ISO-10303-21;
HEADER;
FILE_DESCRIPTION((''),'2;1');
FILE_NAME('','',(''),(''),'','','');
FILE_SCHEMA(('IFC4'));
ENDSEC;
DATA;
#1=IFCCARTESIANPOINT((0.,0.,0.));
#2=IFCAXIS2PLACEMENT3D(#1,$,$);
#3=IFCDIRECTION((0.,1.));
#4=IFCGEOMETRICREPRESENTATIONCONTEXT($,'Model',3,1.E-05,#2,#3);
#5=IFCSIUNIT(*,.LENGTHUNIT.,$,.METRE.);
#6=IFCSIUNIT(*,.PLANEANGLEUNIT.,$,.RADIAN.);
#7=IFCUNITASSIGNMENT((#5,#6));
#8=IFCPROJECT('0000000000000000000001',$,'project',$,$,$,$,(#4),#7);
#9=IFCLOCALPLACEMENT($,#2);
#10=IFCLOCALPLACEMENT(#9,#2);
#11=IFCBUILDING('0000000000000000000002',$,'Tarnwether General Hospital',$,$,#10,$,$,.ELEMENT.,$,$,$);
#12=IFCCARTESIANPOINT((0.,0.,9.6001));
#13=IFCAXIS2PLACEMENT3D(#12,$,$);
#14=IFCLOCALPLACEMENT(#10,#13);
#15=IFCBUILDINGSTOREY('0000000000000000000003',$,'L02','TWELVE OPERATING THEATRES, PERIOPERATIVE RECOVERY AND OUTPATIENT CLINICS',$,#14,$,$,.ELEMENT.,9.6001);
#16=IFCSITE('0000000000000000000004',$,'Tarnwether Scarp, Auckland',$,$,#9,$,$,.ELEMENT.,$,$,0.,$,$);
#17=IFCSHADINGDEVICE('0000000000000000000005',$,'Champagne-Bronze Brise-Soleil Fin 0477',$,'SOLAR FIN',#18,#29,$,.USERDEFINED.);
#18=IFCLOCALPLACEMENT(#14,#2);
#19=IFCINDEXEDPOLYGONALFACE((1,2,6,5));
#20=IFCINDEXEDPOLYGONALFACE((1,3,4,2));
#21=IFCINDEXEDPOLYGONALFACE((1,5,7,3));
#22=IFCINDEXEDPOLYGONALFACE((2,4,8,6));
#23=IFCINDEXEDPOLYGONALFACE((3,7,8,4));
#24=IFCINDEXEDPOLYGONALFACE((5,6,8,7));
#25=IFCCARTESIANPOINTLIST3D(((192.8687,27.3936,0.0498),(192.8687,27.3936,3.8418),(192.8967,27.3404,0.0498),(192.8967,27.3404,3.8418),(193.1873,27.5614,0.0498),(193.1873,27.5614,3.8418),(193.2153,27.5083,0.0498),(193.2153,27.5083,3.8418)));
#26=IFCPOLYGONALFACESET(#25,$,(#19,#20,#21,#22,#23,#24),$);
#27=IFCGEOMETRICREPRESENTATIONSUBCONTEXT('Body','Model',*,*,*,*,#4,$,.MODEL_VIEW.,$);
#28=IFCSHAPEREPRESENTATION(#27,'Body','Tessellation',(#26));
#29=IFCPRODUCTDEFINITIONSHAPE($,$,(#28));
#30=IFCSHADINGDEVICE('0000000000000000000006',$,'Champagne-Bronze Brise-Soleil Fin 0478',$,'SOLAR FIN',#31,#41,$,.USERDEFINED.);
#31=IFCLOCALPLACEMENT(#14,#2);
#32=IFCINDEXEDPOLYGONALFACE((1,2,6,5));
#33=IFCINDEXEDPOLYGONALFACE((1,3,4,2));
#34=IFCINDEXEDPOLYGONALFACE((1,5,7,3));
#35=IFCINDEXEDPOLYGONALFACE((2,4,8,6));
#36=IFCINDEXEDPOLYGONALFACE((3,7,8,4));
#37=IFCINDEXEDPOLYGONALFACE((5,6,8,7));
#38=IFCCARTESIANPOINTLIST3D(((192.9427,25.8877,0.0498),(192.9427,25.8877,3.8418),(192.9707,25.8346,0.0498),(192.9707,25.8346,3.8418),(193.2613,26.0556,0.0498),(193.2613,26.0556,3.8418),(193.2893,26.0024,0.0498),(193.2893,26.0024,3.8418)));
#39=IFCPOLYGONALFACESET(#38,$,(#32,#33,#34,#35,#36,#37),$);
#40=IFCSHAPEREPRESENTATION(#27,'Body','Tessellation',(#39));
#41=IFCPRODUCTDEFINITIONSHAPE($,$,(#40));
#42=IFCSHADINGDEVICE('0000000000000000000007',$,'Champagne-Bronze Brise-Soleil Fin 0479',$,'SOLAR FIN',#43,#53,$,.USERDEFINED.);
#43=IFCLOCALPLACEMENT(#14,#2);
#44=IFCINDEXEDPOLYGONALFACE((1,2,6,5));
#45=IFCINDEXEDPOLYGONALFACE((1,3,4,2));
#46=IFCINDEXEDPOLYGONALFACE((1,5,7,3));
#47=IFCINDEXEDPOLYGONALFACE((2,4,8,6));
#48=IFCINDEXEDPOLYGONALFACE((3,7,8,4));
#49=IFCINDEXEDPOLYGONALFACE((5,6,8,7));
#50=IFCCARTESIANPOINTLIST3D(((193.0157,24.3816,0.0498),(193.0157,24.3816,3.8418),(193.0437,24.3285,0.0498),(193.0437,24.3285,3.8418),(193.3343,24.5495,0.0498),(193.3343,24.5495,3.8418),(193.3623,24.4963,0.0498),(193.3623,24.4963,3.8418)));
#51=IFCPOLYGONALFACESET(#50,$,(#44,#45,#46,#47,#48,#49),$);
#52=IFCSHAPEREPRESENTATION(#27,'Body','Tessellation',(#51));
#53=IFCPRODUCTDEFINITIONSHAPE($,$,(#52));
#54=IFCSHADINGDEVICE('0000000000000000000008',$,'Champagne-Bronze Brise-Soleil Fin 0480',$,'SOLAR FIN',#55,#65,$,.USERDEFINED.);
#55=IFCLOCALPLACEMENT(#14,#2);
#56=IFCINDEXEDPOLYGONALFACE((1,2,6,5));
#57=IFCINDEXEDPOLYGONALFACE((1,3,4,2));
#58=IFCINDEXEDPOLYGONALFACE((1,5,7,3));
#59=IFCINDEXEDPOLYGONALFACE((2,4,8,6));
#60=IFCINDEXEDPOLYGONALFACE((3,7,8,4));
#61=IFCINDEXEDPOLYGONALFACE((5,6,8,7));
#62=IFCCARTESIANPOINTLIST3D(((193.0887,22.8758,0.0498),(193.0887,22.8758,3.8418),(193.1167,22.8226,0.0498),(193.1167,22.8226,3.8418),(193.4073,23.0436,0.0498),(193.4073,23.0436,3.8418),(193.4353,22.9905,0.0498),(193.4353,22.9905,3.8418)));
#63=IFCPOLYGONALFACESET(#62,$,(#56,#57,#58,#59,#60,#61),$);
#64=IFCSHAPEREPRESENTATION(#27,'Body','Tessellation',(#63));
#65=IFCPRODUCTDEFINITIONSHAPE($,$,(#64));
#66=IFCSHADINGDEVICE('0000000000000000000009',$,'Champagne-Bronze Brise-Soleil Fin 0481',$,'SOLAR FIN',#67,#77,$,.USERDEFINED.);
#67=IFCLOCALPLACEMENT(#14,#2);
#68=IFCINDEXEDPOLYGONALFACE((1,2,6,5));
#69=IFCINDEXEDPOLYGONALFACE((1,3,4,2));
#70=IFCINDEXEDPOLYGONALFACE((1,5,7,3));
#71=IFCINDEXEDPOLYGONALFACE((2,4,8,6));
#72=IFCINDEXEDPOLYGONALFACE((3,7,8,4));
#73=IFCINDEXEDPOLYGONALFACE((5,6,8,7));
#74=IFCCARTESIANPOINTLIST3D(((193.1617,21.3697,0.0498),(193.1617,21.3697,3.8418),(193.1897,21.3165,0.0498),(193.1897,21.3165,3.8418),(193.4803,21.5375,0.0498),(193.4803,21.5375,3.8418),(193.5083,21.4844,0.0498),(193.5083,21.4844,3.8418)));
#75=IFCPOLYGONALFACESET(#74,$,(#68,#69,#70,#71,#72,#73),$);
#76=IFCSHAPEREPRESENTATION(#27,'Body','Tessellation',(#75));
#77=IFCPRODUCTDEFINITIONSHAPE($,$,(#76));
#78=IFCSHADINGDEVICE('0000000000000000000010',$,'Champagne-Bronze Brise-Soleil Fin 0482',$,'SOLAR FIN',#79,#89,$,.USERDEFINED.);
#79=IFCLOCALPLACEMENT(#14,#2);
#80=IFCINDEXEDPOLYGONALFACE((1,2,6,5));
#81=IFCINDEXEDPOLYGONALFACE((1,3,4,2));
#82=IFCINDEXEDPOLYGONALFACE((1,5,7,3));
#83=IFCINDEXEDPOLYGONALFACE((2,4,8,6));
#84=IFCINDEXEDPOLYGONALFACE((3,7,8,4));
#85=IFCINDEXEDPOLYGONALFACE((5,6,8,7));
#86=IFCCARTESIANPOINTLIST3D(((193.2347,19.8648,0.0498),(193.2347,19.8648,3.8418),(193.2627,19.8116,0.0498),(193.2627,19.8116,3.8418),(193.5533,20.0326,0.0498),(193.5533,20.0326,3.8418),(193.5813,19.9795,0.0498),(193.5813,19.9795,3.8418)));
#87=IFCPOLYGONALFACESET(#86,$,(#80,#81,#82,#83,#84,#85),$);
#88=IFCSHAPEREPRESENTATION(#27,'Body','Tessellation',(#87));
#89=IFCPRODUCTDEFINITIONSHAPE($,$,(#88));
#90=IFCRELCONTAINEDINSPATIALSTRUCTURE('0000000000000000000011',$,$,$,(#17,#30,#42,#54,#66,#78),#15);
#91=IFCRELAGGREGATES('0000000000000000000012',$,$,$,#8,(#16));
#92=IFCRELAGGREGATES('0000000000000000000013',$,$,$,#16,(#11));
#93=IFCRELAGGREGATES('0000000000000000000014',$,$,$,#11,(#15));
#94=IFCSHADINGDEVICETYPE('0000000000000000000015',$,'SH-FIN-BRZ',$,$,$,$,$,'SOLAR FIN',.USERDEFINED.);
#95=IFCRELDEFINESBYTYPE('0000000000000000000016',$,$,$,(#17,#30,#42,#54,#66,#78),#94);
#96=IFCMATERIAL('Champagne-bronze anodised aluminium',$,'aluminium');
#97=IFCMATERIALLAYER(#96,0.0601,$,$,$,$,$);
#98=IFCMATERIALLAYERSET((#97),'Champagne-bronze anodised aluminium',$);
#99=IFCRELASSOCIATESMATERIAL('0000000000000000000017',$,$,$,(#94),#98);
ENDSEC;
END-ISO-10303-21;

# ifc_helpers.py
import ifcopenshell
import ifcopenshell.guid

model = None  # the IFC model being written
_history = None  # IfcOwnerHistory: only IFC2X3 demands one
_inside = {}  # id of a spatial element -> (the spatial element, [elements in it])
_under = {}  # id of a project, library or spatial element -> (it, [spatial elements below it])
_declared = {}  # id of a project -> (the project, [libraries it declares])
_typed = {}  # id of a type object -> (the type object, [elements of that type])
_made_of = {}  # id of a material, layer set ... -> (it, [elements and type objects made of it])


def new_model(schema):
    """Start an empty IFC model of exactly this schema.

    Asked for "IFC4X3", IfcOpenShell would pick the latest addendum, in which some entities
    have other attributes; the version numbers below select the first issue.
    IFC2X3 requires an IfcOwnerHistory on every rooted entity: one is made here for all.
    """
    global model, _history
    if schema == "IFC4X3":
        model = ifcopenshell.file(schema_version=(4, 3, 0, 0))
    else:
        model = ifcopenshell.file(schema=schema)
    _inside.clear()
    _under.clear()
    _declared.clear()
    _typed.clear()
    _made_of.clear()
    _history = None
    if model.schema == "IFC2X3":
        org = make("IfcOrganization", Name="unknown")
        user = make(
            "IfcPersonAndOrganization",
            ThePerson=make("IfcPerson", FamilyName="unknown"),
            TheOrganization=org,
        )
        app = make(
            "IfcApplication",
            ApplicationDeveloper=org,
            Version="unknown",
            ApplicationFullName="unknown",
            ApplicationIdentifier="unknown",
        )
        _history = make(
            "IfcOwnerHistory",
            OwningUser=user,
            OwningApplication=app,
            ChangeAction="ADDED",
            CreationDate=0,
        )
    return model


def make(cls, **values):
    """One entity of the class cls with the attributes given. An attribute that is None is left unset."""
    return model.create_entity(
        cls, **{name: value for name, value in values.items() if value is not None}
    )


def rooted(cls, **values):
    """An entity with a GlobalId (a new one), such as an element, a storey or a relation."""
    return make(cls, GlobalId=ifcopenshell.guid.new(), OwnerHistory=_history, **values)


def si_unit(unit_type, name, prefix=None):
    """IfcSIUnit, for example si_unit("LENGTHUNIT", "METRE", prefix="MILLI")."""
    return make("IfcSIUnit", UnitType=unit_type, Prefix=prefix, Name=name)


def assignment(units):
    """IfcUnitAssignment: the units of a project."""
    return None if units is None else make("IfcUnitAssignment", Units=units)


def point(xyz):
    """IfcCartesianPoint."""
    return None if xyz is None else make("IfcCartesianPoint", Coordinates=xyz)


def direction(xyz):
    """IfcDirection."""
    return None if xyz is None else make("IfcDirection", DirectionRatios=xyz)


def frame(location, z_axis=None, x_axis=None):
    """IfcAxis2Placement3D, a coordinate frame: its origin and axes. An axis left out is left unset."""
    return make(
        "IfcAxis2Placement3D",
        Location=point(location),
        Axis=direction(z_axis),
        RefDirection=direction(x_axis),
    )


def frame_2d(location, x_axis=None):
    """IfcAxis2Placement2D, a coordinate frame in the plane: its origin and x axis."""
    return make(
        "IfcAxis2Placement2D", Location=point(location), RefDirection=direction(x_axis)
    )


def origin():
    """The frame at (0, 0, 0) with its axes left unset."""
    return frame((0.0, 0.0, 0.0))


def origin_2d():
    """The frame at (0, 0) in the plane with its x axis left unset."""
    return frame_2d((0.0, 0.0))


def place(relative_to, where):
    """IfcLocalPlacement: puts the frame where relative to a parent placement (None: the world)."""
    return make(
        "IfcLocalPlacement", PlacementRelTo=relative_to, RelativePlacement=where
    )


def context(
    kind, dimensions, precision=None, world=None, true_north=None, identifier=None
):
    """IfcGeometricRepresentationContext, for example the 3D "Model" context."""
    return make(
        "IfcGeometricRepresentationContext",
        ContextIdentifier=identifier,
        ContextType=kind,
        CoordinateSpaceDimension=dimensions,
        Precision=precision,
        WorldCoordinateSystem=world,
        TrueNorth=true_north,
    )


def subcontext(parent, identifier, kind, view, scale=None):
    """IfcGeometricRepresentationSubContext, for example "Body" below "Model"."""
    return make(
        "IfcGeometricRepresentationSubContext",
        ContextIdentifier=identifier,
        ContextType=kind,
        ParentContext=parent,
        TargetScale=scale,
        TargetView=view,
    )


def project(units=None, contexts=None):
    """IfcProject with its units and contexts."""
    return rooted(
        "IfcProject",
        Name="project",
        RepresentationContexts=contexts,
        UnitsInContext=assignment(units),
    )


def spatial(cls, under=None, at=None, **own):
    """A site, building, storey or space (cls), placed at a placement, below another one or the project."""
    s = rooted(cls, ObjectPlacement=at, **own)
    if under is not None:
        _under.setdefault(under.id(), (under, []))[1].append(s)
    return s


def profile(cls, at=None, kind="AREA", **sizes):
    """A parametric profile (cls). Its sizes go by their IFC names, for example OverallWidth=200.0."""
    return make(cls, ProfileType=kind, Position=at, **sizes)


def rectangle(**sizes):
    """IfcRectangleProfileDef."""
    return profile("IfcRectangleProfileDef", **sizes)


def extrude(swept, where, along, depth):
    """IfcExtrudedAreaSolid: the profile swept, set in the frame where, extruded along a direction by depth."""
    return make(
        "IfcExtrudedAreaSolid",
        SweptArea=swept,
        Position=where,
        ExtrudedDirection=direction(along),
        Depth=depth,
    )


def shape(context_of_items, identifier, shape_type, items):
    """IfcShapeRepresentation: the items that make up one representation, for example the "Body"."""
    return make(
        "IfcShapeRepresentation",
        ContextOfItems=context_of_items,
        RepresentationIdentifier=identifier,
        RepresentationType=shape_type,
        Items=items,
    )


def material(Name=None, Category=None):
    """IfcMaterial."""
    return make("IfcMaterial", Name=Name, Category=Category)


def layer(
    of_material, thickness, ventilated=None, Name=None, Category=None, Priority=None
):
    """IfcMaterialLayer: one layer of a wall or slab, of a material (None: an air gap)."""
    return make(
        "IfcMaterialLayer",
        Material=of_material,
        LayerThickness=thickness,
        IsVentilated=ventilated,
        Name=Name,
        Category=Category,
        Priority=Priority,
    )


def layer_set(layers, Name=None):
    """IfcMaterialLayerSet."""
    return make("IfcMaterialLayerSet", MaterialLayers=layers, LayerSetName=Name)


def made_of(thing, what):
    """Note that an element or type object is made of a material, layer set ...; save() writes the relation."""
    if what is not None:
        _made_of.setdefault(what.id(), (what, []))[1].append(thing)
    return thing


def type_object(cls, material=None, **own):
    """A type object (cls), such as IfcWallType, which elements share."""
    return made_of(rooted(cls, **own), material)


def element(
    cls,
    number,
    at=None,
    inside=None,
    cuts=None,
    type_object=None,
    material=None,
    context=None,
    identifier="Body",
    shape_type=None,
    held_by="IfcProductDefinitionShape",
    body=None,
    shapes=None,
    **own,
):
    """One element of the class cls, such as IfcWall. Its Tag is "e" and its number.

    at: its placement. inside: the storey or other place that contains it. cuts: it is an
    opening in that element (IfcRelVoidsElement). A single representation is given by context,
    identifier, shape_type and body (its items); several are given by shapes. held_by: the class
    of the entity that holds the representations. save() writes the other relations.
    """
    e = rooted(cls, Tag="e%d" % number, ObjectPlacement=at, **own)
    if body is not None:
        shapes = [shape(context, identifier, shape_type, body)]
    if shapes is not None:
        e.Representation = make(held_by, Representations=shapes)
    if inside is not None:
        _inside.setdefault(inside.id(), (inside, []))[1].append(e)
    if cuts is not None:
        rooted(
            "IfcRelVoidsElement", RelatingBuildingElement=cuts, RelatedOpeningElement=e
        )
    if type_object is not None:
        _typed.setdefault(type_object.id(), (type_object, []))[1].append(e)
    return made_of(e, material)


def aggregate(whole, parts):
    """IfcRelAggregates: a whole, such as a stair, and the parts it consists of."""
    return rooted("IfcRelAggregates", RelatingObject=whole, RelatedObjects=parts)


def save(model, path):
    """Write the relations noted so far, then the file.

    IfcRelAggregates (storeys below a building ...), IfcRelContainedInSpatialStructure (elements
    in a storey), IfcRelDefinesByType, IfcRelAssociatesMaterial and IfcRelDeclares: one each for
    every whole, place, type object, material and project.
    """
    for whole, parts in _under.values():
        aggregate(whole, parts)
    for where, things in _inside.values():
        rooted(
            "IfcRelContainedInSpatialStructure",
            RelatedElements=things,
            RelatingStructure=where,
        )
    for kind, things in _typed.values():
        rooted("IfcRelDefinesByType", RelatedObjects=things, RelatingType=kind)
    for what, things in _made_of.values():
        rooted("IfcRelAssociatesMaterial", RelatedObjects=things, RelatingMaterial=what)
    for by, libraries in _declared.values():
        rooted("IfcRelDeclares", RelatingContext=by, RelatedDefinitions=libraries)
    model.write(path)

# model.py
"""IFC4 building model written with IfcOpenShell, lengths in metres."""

from ifc_helpers import new_model, si_unit, direction, frame, origin, origin_2d, place, context, subcontext, project, spatial, rectangle, extrude, material, layer, layer_set, type_object, element, save


model = new_model("IFC4")

# Units and contexts
model_context = context("Model", 3, precision=1e-05, world=origin(), true_north=direction((0.0, 1.0)))
body_context = subcontext(model_context, "Body", "Model", "MODEL_VIEW")
ifc_project = project(units=[si_unit("LENGTHUNIT", "METRE"), si_unit("PLANEANGLEUNIT", "RADIAN")], contexts=[model_context])

# Site, building, storey
site_placement = place(None, origin())
site = spatial("IfcSite", under=ifc_project, at=site_placement, Name="Tarnwether Scarp, Auckland", CompositionType="ELEMENT", RefElevation=0.0)
building_placement = place(site_placement, origin())
building = spatial("IfcBuilding", under=site, at=building_placement, Name="Tarnwether General Hospital", CompositionType="ELEMENT")
storey_placement = place(building_placement, frame((0.0, 0.0, 9.6001)))
storey = spatial("IfcBuildingStorey", under=building, at=storey_placement, Name="L02", Description="TWELVE OPERATING THEATRES, PERIOPERATIVE RECOVERY AND OUTPATIENT CLINICS", CompositionType="ELEMENT", Elevation=9.6001)

# Shading devices
ifc_material_1 = material(Name="Champagne-bronze anodised aluminium", Category="aluminium")
ifc_layer_1 = layer(ifc_material_1, 0.0601)
ifc_layer_set_1 = layer_set([ifc_layer_1], Name="Champagne-bronze anodised aluminium")
shading_device_type = type_object("IfcShadingDeviceType", Name="SH-FIN-BRZ", ElementType="SOLAR FIN", PredefinedType="USERDEFINED", material=ifc_layer_set_1)
for number, where, z_axis, x_axis, name in (
    (1, (193.042, 27.4509, 0.0498), (0.0, 0.0, 1.0), (0.466078, -0.884744, 0.0), "Champagne-Bronze Brise-Soleil Fin 0477"),
    (2, (193.116, 25.9451, 0.0498), (0.0, 0.0, 1.0), (0.466078, -0.884744, 0.0), "Champagne-Bronze Brise-Soleil Fin 0478"),
    (3, (193.189, 24.439, 0.0498), (0.0, 0.0, 1.0), (0.466078, -0.884744, 0.0), "Champagne-Bronze Brise-Soleil Fin 0479"),
    (4, (193.262, 22.9331, 0.0498), (0.0, 0.0, 1.0), (0.466078, -0.884744, 0.0), "Champagne-Bronze Brise-Soleil Fin 0480"),
    (5, (193.335, 21.427, 0.0498), (0.0, 0.0, 1.0), (0.466078, -0.884744, 0.0), "Champagne-Bronze Brise-Soleil Fin 0481"),
    (6, (193.408, 19.9221, 0.0498), (0.0, 0.0, 1.0), (0.466078, -0.884744, 0.0), "Champagne-Bronze Brise-Soleil Fin 0482"),
):
    element("IfcShadingDevice", number, at=place(storey_placement, frame(where, z_axis=z_axis, x_axis=x_axis)), inside=storey, type_object=shading_device_type, Name=name, ObjectType="SOLAR FIN", PredefinedType="USERDEFINED", context=body_context, shape_type="SweptSolid", body=[
        extrude(rectangle(XDim=0.0601, YDim=0.3601, at=origin_2d()), origin(), (0.0, 0.0, 1.0), 3.792),
    ])

save(model, "model.ifc")
